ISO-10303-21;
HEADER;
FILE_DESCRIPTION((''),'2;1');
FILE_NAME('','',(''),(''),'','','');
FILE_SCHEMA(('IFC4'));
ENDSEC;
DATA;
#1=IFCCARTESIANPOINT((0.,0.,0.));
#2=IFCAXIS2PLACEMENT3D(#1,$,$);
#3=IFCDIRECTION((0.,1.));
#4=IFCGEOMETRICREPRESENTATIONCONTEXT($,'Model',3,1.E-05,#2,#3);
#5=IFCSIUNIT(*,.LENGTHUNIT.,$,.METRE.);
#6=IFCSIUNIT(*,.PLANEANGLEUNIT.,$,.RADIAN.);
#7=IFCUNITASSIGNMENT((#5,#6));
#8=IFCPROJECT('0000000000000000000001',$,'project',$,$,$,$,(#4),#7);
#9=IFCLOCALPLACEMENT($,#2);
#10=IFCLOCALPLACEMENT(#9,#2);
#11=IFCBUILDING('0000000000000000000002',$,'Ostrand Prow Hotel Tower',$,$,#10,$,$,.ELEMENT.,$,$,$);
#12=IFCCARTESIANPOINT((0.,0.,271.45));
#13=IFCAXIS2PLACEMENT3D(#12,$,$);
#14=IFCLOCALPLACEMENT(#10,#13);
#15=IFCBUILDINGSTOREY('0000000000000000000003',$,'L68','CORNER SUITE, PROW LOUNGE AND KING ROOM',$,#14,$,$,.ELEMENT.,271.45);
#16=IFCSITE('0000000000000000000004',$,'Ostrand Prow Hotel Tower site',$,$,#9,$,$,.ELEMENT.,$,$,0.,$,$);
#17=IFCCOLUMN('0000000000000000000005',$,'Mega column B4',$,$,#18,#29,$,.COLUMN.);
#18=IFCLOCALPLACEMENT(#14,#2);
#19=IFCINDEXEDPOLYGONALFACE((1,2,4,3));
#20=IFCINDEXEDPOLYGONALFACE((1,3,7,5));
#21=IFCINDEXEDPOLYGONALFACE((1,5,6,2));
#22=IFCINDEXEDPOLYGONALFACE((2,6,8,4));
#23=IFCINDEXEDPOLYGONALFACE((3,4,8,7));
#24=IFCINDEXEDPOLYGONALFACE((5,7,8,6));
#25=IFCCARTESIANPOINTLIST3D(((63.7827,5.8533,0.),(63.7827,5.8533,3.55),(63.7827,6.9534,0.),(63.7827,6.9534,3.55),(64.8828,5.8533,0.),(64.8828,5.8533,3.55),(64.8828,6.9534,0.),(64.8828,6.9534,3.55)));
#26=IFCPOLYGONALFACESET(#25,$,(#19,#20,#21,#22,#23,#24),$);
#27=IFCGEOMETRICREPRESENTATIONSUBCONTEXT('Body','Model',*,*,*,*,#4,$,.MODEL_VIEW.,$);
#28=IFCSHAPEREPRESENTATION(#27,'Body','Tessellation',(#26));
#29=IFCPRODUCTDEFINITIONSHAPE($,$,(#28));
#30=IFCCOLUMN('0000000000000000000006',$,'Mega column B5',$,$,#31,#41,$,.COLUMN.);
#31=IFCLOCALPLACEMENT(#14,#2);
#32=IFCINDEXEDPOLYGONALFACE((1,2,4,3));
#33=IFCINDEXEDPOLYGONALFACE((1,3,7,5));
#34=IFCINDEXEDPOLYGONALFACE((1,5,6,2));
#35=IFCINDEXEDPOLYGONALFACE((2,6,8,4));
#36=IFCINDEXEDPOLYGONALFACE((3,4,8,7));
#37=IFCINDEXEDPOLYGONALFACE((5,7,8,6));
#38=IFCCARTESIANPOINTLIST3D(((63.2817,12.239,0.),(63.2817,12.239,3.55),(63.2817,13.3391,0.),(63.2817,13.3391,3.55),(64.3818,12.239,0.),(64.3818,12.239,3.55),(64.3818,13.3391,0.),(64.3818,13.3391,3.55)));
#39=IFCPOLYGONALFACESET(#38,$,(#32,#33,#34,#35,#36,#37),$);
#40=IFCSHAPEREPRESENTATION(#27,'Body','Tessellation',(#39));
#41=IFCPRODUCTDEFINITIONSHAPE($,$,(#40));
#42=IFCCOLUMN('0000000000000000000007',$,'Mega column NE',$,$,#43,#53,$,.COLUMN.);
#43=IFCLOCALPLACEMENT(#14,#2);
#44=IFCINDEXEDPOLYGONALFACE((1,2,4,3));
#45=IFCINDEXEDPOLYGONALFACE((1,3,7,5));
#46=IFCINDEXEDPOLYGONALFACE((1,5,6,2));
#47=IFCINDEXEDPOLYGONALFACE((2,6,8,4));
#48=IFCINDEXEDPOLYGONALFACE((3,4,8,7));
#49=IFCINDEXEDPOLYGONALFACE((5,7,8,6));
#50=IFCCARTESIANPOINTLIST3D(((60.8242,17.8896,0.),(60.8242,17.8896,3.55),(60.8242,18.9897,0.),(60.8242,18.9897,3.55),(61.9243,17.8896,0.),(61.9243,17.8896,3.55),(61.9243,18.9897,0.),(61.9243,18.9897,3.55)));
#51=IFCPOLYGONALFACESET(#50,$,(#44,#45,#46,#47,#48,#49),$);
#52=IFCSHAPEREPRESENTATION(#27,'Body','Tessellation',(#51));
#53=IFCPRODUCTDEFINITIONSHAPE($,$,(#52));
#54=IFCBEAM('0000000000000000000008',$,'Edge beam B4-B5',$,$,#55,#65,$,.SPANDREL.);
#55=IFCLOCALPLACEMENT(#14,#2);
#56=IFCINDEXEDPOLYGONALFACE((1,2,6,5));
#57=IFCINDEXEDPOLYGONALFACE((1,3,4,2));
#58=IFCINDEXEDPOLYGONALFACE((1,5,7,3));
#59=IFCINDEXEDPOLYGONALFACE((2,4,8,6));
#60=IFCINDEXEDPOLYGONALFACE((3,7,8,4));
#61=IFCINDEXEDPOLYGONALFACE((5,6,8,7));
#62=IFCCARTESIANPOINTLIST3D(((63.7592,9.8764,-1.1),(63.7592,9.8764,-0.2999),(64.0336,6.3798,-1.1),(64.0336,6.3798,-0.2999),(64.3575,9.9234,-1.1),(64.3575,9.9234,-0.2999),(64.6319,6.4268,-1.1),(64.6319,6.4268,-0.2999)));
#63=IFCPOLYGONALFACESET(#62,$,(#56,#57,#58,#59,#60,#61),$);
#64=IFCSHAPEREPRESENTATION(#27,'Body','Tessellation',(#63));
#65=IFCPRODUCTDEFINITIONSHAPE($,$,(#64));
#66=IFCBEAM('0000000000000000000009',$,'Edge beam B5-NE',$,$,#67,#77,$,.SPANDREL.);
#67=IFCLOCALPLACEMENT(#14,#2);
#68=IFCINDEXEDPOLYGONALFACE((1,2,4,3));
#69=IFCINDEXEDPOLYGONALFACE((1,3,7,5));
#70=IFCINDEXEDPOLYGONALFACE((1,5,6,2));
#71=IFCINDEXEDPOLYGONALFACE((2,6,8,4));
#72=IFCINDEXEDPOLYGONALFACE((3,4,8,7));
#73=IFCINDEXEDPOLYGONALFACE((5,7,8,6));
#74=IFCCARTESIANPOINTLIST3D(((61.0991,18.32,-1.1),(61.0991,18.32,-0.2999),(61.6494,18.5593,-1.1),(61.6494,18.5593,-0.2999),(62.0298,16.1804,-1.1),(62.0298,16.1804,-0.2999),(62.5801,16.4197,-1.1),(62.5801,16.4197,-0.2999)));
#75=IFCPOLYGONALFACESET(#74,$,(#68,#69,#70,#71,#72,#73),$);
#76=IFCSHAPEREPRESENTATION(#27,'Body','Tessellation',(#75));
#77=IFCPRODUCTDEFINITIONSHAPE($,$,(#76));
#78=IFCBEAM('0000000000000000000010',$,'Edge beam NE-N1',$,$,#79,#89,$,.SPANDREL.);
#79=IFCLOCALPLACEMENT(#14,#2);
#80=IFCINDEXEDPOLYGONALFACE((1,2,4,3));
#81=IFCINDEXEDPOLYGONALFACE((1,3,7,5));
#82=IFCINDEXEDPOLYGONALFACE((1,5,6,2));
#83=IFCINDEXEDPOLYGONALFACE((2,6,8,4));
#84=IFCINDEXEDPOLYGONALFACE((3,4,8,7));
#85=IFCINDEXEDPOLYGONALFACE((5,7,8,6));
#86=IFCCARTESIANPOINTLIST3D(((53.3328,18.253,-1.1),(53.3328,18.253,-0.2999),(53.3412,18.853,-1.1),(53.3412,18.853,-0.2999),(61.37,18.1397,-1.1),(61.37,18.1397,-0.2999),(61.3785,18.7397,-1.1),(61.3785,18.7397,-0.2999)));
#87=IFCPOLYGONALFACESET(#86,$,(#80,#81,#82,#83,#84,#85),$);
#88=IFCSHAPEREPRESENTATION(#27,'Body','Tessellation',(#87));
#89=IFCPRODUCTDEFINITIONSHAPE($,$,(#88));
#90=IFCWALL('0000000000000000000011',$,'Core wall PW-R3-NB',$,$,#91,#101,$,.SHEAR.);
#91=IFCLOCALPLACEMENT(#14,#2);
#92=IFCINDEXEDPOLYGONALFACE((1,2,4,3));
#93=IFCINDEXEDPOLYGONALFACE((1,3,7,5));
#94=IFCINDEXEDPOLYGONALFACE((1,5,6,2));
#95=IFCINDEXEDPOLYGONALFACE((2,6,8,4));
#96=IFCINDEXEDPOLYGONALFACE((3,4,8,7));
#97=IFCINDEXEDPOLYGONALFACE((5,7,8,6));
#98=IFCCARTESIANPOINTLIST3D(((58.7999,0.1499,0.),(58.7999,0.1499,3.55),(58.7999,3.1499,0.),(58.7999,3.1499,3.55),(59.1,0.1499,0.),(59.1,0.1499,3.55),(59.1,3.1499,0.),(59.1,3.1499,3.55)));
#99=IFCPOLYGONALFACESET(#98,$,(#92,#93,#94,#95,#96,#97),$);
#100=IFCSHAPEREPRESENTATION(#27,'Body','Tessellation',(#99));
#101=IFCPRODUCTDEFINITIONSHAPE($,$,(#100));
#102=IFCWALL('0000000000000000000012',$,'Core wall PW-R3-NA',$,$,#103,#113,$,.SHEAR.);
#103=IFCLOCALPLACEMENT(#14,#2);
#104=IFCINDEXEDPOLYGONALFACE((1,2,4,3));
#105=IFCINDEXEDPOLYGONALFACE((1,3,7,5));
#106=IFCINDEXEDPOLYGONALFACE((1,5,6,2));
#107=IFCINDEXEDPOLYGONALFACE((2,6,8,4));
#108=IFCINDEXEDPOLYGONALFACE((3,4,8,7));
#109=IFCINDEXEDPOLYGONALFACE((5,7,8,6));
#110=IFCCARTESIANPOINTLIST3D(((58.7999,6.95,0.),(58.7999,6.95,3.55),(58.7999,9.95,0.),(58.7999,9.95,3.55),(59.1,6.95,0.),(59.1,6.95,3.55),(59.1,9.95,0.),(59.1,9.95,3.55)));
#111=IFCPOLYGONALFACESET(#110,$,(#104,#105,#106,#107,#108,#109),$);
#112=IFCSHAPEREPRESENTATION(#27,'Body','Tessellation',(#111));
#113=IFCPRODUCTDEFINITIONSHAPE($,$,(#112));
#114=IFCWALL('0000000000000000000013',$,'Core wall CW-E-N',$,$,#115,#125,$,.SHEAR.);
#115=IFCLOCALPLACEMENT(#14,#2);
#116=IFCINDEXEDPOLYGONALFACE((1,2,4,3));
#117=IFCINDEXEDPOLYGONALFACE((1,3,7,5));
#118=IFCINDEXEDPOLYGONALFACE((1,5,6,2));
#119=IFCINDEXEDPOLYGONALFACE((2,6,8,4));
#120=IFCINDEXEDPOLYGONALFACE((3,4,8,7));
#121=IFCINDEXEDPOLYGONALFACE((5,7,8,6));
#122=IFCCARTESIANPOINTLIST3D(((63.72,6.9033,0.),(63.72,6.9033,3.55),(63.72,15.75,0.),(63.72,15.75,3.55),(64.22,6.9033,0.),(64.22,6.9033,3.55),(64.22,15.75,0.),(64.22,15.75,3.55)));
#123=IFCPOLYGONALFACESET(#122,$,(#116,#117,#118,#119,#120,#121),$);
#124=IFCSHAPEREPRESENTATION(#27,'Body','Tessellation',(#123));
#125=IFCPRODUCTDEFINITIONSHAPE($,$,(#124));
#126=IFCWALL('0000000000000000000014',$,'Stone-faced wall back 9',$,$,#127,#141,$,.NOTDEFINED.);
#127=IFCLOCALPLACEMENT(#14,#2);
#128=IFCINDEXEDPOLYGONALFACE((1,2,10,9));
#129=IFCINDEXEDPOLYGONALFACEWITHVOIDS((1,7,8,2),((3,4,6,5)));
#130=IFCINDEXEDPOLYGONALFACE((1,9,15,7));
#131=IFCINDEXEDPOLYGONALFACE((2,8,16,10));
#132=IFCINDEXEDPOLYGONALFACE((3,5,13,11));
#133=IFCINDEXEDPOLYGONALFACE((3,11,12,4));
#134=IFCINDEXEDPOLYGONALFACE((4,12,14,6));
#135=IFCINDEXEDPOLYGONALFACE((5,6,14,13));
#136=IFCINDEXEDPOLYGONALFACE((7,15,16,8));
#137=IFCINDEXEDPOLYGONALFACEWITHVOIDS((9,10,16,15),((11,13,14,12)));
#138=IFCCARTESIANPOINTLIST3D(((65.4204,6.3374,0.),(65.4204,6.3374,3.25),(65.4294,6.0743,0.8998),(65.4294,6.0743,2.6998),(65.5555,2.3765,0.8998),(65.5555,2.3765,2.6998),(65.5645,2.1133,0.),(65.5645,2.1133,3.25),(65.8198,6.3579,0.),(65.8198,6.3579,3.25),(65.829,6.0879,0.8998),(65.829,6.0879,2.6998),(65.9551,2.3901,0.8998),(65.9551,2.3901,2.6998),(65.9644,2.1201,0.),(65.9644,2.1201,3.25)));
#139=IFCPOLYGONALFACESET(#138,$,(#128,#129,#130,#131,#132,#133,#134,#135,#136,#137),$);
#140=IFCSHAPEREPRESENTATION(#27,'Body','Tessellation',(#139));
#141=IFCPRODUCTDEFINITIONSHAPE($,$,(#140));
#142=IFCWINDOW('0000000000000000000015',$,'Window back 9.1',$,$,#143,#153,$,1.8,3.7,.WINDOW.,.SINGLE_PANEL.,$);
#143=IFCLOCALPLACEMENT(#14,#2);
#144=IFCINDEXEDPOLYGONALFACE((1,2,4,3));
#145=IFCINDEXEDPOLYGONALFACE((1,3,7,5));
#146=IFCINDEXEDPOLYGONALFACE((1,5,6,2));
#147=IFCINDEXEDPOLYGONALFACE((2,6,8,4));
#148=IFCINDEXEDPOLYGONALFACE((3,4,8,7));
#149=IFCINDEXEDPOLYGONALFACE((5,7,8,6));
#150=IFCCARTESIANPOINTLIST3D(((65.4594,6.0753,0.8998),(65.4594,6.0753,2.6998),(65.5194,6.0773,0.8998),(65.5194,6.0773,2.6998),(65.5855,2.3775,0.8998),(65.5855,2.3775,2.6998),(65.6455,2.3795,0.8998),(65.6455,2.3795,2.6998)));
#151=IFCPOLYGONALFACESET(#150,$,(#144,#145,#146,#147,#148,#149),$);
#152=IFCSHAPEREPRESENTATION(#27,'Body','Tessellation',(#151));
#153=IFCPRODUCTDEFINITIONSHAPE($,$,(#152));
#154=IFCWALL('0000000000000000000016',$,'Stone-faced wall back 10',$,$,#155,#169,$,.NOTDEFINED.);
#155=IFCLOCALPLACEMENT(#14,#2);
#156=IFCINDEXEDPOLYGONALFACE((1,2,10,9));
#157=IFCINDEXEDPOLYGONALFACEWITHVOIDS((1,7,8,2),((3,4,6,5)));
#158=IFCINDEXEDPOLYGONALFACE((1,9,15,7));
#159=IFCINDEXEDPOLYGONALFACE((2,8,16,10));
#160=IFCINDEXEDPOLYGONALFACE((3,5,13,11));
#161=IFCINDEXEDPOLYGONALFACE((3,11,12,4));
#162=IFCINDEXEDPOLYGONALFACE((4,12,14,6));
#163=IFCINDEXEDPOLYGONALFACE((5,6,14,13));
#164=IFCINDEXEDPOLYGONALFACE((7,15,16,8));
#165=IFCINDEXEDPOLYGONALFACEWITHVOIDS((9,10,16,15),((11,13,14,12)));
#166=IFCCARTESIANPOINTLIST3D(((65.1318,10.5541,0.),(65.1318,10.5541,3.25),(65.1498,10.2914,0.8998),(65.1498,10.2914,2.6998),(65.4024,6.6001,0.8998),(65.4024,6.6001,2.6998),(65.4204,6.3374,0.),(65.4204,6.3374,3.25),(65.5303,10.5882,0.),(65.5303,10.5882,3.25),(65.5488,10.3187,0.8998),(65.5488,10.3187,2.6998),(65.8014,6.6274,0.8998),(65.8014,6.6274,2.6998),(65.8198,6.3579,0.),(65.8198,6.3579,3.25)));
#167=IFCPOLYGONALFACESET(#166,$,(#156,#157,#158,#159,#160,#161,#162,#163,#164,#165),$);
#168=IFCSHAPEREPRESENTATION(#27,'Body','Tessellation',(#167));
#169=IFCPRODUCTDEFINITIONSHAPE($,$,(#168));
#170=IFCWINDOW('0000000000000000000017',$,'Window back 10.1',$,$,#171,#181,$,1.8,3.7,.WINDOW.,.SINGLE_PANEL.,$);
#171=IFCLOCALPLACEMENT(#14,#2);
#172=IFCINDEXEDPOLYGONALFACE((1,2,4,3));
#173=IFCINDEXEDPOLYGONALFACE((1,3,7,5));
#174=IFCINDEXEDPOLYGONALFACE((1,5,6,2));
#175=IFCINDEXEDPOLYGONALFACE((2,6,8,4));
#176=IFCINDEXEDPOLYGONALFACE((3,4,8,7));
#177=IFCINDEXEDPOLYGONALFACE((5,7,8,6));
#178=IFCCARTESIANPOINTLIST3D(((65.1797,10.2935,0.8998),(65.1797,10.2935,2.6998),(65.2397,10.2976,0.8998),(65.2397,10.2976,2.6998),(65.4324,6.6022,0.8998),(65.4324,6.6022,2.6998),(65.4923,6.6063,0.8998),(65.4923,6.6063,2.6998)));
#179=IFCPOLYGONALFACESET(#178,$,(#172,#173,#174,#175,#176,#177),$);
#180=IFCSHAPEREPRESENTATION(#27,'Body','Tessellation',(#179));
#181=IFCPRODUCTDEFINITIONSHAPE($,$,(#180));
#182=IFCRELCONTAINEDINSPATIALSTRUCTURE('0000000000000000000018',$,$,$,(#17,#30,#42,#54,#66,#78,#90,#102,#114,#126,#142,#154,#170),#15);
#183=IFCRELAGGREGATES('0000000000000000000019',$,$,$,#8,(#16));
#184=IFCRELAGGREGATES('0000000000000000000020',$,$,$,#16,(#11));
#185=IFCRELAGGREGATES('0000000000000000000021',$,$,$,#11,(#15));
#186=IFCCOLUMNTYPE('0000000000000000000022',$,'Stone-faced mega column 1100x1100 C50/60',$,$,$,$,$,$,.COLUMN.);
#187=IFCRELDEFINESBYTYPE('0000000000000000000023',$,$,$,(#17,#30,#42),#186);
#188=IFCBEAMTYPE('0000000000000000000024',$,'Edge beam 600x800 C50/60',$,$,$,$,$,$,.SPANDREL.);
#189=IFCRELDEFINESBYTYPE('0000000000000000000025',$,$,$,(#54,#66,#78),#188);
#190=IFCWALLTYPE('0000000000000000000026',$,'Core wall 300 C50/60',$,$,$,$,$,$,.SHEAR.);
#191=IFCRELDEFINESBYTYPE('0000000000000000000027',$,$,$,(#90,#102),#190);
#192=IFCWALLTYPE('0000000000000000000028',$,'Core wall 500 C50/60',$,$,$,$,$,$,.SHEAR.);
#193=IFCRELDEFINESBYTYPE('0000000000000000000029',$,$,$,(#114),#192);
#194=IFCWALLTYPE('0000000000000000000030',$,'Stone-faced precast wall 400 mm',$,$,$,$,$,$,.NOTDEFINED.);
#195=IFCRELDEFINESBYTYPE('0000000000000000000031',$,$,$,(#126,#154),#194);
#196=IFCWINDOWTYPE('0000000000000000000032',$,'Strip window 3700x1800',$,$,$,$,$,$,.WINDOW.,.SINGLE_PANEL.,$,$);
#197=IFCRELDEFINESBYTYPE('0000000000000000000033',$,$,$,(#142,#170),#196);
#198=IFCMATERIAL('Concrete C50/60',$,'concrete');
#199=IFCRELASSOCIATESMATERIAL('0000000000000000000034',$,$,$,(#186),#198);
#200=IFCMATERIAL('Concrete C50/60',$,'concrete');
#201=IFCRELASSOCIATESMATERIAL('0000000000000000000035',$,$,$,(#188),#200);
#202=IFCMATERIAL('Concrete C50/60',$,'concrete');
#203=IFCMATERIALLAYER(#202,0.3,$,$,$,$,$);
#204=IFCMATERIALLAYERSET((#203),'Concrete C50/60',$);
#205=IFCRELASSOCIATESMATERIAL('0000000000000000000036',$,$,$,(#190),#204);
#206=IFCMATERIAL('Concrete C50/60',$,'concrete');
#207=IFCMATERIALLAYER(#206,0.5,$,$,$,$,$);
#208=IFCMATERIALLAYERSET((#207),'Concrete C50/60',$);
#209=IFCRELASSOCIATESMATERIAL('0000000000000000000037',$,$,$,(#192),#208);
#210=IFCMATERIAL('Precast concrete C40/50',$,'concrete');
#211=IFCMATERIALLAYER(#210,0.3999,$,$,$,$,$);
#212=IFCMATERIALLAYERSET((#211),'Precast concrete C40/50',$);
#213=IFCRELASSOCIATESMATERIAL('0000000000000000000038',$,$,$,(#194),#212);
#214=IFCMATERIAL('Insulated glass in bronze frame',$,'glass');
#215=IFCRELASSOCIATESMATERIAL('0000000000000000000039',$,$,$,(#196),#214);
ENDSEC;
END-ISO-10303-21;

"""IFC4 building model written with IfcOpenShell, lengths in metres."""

from ifc_helpers import new_model, si_unit, direction, frame, frame_2d, origin, origin_2d, place, context, subcontext, project, spatial, polyline, rectangle, outline, extrude, material, layer, layer_set, material_profile, profile_set, type_object, element, fill, save


model = new_model("IFC4")

# Units and contexts
model_context = context("Model", 3, precision=1e-05, world=origin(), true_north=direction((0.0, 1.0)))
body_context = subcontext(model_context, "Body", "Model", "MODEL_VIEW")
ifc_project = project(units=[si_unit("LENGTHUNIT", "METRE"), si_unit("PLANEANGLEUNIT", "RADIAN")], contexts=[model_context])

# Site, building, storey
site_placement = place(None, origin())
site = spatial("IfcSite", under=ifc_project, at=site_placement, Name="Ostrand Prow Hotel Tower site", CompositionType="ELEMENT", RefElevation=0.0)
building_placement = place(site_placement, origin())
building = spatial("IfcBuilding", under=site, at=building_placement, Name="Ostrand Prow Hotel Tower", CompositionType="ELEMENT")
storey_placement = place(building_placement, frame((0.0, 0.0, 271.45)))
storey = spatial("IfcBuildingStorey", under=building, at=storey_placement, Name="L68", Description="CORNER SUITE, PROW LOUNGE AND KING ROOM", CompositionType="ELEMENT", Elevation=271.45)

# Columns
ifc_material_1 = material(Name="Concrete C50/60", Category="concrete")
ifc_material_profile_1 = material_profile(ifc_material_1, rectangle(XDim=1.1001, YDim=1.1001, at=origin_2d()), Name="RC 1100x1100")
ifc_profile_set_1 = profile_set([ifc_material_profile_1], Name="Concrete C50/60")
column_type = type_object("IfcColumnType", Name="Stone-faced mega column 1100x1100 C50/60", PredefinedType="COLUMN", material=ifc_profile_set_1)
for number, where, z_axis, x_axis, name in (
    (1, (64.3328, 6.4033, 0.0), (0.0, 0.0, 1.0), (1.0, 0.0, 0.0), "Mega column B4"),
    (2, (63.8318, 12.7891, 0.0), (0.0, 0.0, 1.0), (1.0, 0.0, 0.0), "Mega column B5"),
    (3, (61.3743, 18.4397, 0.0), (0.0, 0.0, 1.0), (1.0, 0.0, 0.0), "Mega column NE"),
):
    element("IfcColumn", number, at=place(storey_placement, frame(where, z_axis=z_axis, x_axis=x_axis)), inside=storey, type_object=column_type, Name=name, PredefinedType="COLUMN", context=body_context, shape_type="SweptSolid", body=[
        extrude(rectangle(XDim=1.1001, YDim=1.1001, at=origin_2d()), origin(), (0.0, 0.0, 1.0), 3.55),
    ])

# Beams
ifc_material_2 = material(Name="Concrete C50/60", Category="concrete")
ifc_material_profile_2 = material_profile(ifc_material_2, rectangle(XDim=0.6001, YDim=0.8, at=origin_2d()), Name="RC 600x800")
ifc_profile_set_2 = profile_set([ifc_material_profile_2], Name="Concrete C50/60")
beam_type = type_object("IfcBeamType", Name="Edge beam 600x800 C50/60", PredefinedType="SPANDREL", material=ifc_profile_set_2)
beam_1_placement = place(storey_placement, frame((64.3328, 6.4033, -0.7), z_axis=(-0.07824, 0.996935, 0.0), x_axis=(-0.996935, -0.07824, 0.0)))
element("IfcBeam", 4, at=beam_1_placement, inside=storey, type_object=beam_type, Name="Edge beam B4-B5", PredefinedType="SPANDREL", context=body_context, shape_type="SweptSolid", body=[
    extrude(rectangle(XDim=0.6001, YDim=0.8, at=origin_2d()), origin(), (0.0, 0.0, 1.0), 3.5073),
])
beam_2_placement = place(storey_placement, frame((62.3049, 16.3, -0.7), z_axis=(-0.398864, 0.91701, 0.0), x_axis=(-0.91701, -0.398864, 0.0)))
element("IfcBeam", 5, at=beam_2_placement, inside=storey, type_object=beam_type, Name="Edge beam B5-NE", PredefinedType="SPANDREL", context=body_context, shape_type="SweptSolid", body=[
    extrude(rectangle(XDim=0.6001, YDim=0.8, at=origin_2d()), origin(), (0.0, 0.0, 1.0), 2.3333),
])
beam_3_placement = place(storey_placement, frame((61.3743, 18.4397, -0.7), z_axis=(-0.999901, 0.014093, 0.0), x_axis=(-0.014093, -0.999901, 0.0)))
element("IfcBeam", 6, at=beam_3_placement, inside=storey, type_object=beam_type, Name="Edge beam NE-N1", PredefinedType="SPANDREL", context=body_context, shape_type="SweptSolid", body=[
    extrude(rectangle(XDim=0.6001, YDim=0.8, at=origin_2d()), origin(), (0.0, 0.0, 1.0), 8.0381),
])

# Walls
ifc_material_3 = material(Name="Concrete C50/60", Category="concrete")
ifc_layer_1 = layer(ifc_material_3, 0.3)
ifc_layer_set_1 = layer_set([ifc_layer_1], Name="Concrete C50/60")
wall_type_1 = type_object("IfcWallType", Name="Core wall 300 C50/60", PredefinedType="SHEAR", material=ifc_layer_set_1)
for number, where, z_axis, x_axis, name in (
    (7, (58.95, 0.1499, 0.0), (0.0, 0.0, 1.0), (0.0, 1.0, 0.0), "Core wall PW-R3-NB"),
    (8, (58.95, 6.95, 0.0), (0.0, 0.0, 1.0), (0.0, 1.0, 0.0), "Core wall PW-R3-NA"),
):
    element("IfcWall", number, at=place(storey_placement, frame(where, z_axis=z_axis, x_axis=x_axis)), inside=storey, type_object=wall_type_1, Name=name, PredefinedType="SHEAR", context=body_context, shape_type="SweptSolid", body=[
        extrude(rectangle(XDim=3.0, YDim=0.3, at=frame_2d((1.5, 0.0))), origin(), (0.0, 0.0, 1.0), 3.55),
    ])
ifc_material_4 = material(Name="Concrete C50/60", Category="concrete")
ifc_layer_2 = layer(ifc_material_4, 0.5)
ifc_layer_set_2 = layer_set([ifc_layer_2], Name="Concrete C50/60")
wall_type_2 = type_object("IfcWallType", Name="Core wall 500 C50/60", PredefinedType="SHEAR", material=ifc_layer_set_2)
wall_1_placement = place(storey_placement, frame((63.97, 6.9033, 0.0), z_axis=(0.0, 0.0, 1.0), x_axis=(0.0, 1.0, 0.0)))
element("IfcWall", 9, at=wall_1_placement, inside=storey, type_object=wall_type_2, Name="Core wall CW-E-N", PredefinedType="SHEAR", context=body_context, shape_type="SweptSolid", body=[
    extrude(rectangle(XDim=8.8467, YDim=0.5, at=frame_2d((4.4233, 0.0))), origin(), (0.0, 0.0, 1.0), 3.55),
])

# Walls, openings, windows
ifc_material_5 = material(Name="Precast concrete C40/50", Category="concrete")
ifc_layer_3 = layer(ifc_material_5, 0.3999)
ifc_layer_set_3 = layer_set([ifc_layer_3], Name="Precast concrete C40/50")
wall_type_3 = type_object("IfcWallType", Name="Stone-faced precast wall 400 mm", PredefinedType="NOTDEFINED", material=ifc_layer_set_3)
wall_2_placement = place(storey_placement, frame((65.7644, 2.1167, 0.0), z_axis=(0.0, 0.0, 1.0), x_axis=(-0.034083, 0.999419, 0.0)))
wall_2 = element("IfcWall", 10, at=wall_2_placement, inside=storey, type_object=wall_type_3, Name="Stone-faced wall back 9", PredefinedType="NOTDEFINED", context=body_context, shape_type="SweptSolid", body=[
    extrude(outline(polyline([(-0.0034, -0.2), (4.2368, -0.2), (4.23, 0.2), (0.0034, 0.2), (-0.0034, -0.2)])), origin(), (0.0, 0.0, 1.0), 3.25),
])
opening_1_placement = place(wall_2_placement, frame((0.2666, 0.0, 0.8999)))
opening_1 = element("IfcOpeningElement", 11, at=opening_1_placement, cuts=wall_2, PredefinedType="OPENING", context=body_context, shape_type="SweptSolid", body=[
    extrude(rectangle(XDim=3.7, YDim=1.8, at=frame_2d((1.8501, 0.8999))), frame((0.0, 0.21, 0.0), z_axis=(0.0, -1.0, 0.0), x_axis=(1.0, 0.0, 0.0)), (0.0, 0.0, 1.0), 0.4199),
])
ifc_material_6 = material(Name="Insulated glass in bronze frame", Category="glass")
window_type = type_object("IfcWindowType", Name="Strip window 3700x1800", PartitioningType="SINGLE_PANEL", PredefinedType="WINDOW", material=ifc_material_6)
window_1_placement = place(opening_1_placement, origin())
window_1 = element("IfcWindow", 12, at=window_1_placement, inside=storey, type_object=window_type, Name="Window back 9.1", OverallHeight=1.8, OverallWidth=3.7, PartitioningType="SINGLE_PANEL", PredefinedType="WINDOW", context=body_context, shape_type="SweptSolid", body=[
    extrude(rectangle(XDim=3.7, YDim=1.8, at=frame_2d((1.8501, 0.8999))), frame((0.0, 0.1699, 0.0), z_axis=(0.0, -1.0, 0.0), x_axis=(1.0, 0.0, 0.0)), (0.0, 0.0, 1.0), 0.0601),
])
fill(opening_1, window_1)
wall_3_placement = place(storey_placement, frame((65.6201, 6.3477, 0.0), z_axis=(0.0, 0.0, 1.0), x_axis=(-0.06828, 0.997666, 0.0)))
wall_3 = element("IfcWall", 13, at=wall_3_placement, inside=storey, type_object=wall_type_3, Name="Stone-faced wall back 10", PredefinedType="NOTDEFINED", context=body_context, shape_type="SweptSolid", body=[
    extrude(outline(polyline([(-0.0034, -0.2), (4.2368, -0.2), (4.23, 0.2), (0.0034, 0.2), (-0.0034, -0.2)])), origin(), (0.0, 0.0, 1.0), 3.25),
])
opening_2_placement = place(wall_3_placement, frame((0.2666, 0.0, 0.8999)))
opening_2 = element("IfcOpeningElement", 14, at=opening_2_placement, cuts=wall_3, PredefinedType="OPENING", context=body_context, shape_type="SweptSolid", body=[
    extrude(rectangle(XDim=3.7, YDim=1.8, at=frame_2d((1.8501, 0.8999))), frame((0.0, 0.21, 0.0), z_axis=(0.0, -1.0, 0.0), x_axis=(1.0, 0.0, 0.0)), (0.0, 0.0, 1.0), 0.4199),
])
window_2_placement = place(opening_2_placement, origin())
window_2 = element("IfcWindow", 15, at=window_2_placement, inside=storey, type_object=window_type, Name="Window back 10.1", OverallHeight=1.8, OverallWidth=3.7, PartitioningType="SINGLE_PANEL", PredefinedType="WINDOW", context=body_context, shape_type="SweptSolid", body=[
    extrude(rectangle(XDim=3.7, YDim=1.8, at=frame_2d((1.8501, 0.8999))), frame((0.0, 0.1699, 0.0), z_axis=(0.0, -1.0, 0.0), x_axis=(1.0, 0.0, 0.0)), (0.0, 0.0, 1.0), 0.0601),
])
fill(opening_2, window_2)

save(model, "model.ifc")
